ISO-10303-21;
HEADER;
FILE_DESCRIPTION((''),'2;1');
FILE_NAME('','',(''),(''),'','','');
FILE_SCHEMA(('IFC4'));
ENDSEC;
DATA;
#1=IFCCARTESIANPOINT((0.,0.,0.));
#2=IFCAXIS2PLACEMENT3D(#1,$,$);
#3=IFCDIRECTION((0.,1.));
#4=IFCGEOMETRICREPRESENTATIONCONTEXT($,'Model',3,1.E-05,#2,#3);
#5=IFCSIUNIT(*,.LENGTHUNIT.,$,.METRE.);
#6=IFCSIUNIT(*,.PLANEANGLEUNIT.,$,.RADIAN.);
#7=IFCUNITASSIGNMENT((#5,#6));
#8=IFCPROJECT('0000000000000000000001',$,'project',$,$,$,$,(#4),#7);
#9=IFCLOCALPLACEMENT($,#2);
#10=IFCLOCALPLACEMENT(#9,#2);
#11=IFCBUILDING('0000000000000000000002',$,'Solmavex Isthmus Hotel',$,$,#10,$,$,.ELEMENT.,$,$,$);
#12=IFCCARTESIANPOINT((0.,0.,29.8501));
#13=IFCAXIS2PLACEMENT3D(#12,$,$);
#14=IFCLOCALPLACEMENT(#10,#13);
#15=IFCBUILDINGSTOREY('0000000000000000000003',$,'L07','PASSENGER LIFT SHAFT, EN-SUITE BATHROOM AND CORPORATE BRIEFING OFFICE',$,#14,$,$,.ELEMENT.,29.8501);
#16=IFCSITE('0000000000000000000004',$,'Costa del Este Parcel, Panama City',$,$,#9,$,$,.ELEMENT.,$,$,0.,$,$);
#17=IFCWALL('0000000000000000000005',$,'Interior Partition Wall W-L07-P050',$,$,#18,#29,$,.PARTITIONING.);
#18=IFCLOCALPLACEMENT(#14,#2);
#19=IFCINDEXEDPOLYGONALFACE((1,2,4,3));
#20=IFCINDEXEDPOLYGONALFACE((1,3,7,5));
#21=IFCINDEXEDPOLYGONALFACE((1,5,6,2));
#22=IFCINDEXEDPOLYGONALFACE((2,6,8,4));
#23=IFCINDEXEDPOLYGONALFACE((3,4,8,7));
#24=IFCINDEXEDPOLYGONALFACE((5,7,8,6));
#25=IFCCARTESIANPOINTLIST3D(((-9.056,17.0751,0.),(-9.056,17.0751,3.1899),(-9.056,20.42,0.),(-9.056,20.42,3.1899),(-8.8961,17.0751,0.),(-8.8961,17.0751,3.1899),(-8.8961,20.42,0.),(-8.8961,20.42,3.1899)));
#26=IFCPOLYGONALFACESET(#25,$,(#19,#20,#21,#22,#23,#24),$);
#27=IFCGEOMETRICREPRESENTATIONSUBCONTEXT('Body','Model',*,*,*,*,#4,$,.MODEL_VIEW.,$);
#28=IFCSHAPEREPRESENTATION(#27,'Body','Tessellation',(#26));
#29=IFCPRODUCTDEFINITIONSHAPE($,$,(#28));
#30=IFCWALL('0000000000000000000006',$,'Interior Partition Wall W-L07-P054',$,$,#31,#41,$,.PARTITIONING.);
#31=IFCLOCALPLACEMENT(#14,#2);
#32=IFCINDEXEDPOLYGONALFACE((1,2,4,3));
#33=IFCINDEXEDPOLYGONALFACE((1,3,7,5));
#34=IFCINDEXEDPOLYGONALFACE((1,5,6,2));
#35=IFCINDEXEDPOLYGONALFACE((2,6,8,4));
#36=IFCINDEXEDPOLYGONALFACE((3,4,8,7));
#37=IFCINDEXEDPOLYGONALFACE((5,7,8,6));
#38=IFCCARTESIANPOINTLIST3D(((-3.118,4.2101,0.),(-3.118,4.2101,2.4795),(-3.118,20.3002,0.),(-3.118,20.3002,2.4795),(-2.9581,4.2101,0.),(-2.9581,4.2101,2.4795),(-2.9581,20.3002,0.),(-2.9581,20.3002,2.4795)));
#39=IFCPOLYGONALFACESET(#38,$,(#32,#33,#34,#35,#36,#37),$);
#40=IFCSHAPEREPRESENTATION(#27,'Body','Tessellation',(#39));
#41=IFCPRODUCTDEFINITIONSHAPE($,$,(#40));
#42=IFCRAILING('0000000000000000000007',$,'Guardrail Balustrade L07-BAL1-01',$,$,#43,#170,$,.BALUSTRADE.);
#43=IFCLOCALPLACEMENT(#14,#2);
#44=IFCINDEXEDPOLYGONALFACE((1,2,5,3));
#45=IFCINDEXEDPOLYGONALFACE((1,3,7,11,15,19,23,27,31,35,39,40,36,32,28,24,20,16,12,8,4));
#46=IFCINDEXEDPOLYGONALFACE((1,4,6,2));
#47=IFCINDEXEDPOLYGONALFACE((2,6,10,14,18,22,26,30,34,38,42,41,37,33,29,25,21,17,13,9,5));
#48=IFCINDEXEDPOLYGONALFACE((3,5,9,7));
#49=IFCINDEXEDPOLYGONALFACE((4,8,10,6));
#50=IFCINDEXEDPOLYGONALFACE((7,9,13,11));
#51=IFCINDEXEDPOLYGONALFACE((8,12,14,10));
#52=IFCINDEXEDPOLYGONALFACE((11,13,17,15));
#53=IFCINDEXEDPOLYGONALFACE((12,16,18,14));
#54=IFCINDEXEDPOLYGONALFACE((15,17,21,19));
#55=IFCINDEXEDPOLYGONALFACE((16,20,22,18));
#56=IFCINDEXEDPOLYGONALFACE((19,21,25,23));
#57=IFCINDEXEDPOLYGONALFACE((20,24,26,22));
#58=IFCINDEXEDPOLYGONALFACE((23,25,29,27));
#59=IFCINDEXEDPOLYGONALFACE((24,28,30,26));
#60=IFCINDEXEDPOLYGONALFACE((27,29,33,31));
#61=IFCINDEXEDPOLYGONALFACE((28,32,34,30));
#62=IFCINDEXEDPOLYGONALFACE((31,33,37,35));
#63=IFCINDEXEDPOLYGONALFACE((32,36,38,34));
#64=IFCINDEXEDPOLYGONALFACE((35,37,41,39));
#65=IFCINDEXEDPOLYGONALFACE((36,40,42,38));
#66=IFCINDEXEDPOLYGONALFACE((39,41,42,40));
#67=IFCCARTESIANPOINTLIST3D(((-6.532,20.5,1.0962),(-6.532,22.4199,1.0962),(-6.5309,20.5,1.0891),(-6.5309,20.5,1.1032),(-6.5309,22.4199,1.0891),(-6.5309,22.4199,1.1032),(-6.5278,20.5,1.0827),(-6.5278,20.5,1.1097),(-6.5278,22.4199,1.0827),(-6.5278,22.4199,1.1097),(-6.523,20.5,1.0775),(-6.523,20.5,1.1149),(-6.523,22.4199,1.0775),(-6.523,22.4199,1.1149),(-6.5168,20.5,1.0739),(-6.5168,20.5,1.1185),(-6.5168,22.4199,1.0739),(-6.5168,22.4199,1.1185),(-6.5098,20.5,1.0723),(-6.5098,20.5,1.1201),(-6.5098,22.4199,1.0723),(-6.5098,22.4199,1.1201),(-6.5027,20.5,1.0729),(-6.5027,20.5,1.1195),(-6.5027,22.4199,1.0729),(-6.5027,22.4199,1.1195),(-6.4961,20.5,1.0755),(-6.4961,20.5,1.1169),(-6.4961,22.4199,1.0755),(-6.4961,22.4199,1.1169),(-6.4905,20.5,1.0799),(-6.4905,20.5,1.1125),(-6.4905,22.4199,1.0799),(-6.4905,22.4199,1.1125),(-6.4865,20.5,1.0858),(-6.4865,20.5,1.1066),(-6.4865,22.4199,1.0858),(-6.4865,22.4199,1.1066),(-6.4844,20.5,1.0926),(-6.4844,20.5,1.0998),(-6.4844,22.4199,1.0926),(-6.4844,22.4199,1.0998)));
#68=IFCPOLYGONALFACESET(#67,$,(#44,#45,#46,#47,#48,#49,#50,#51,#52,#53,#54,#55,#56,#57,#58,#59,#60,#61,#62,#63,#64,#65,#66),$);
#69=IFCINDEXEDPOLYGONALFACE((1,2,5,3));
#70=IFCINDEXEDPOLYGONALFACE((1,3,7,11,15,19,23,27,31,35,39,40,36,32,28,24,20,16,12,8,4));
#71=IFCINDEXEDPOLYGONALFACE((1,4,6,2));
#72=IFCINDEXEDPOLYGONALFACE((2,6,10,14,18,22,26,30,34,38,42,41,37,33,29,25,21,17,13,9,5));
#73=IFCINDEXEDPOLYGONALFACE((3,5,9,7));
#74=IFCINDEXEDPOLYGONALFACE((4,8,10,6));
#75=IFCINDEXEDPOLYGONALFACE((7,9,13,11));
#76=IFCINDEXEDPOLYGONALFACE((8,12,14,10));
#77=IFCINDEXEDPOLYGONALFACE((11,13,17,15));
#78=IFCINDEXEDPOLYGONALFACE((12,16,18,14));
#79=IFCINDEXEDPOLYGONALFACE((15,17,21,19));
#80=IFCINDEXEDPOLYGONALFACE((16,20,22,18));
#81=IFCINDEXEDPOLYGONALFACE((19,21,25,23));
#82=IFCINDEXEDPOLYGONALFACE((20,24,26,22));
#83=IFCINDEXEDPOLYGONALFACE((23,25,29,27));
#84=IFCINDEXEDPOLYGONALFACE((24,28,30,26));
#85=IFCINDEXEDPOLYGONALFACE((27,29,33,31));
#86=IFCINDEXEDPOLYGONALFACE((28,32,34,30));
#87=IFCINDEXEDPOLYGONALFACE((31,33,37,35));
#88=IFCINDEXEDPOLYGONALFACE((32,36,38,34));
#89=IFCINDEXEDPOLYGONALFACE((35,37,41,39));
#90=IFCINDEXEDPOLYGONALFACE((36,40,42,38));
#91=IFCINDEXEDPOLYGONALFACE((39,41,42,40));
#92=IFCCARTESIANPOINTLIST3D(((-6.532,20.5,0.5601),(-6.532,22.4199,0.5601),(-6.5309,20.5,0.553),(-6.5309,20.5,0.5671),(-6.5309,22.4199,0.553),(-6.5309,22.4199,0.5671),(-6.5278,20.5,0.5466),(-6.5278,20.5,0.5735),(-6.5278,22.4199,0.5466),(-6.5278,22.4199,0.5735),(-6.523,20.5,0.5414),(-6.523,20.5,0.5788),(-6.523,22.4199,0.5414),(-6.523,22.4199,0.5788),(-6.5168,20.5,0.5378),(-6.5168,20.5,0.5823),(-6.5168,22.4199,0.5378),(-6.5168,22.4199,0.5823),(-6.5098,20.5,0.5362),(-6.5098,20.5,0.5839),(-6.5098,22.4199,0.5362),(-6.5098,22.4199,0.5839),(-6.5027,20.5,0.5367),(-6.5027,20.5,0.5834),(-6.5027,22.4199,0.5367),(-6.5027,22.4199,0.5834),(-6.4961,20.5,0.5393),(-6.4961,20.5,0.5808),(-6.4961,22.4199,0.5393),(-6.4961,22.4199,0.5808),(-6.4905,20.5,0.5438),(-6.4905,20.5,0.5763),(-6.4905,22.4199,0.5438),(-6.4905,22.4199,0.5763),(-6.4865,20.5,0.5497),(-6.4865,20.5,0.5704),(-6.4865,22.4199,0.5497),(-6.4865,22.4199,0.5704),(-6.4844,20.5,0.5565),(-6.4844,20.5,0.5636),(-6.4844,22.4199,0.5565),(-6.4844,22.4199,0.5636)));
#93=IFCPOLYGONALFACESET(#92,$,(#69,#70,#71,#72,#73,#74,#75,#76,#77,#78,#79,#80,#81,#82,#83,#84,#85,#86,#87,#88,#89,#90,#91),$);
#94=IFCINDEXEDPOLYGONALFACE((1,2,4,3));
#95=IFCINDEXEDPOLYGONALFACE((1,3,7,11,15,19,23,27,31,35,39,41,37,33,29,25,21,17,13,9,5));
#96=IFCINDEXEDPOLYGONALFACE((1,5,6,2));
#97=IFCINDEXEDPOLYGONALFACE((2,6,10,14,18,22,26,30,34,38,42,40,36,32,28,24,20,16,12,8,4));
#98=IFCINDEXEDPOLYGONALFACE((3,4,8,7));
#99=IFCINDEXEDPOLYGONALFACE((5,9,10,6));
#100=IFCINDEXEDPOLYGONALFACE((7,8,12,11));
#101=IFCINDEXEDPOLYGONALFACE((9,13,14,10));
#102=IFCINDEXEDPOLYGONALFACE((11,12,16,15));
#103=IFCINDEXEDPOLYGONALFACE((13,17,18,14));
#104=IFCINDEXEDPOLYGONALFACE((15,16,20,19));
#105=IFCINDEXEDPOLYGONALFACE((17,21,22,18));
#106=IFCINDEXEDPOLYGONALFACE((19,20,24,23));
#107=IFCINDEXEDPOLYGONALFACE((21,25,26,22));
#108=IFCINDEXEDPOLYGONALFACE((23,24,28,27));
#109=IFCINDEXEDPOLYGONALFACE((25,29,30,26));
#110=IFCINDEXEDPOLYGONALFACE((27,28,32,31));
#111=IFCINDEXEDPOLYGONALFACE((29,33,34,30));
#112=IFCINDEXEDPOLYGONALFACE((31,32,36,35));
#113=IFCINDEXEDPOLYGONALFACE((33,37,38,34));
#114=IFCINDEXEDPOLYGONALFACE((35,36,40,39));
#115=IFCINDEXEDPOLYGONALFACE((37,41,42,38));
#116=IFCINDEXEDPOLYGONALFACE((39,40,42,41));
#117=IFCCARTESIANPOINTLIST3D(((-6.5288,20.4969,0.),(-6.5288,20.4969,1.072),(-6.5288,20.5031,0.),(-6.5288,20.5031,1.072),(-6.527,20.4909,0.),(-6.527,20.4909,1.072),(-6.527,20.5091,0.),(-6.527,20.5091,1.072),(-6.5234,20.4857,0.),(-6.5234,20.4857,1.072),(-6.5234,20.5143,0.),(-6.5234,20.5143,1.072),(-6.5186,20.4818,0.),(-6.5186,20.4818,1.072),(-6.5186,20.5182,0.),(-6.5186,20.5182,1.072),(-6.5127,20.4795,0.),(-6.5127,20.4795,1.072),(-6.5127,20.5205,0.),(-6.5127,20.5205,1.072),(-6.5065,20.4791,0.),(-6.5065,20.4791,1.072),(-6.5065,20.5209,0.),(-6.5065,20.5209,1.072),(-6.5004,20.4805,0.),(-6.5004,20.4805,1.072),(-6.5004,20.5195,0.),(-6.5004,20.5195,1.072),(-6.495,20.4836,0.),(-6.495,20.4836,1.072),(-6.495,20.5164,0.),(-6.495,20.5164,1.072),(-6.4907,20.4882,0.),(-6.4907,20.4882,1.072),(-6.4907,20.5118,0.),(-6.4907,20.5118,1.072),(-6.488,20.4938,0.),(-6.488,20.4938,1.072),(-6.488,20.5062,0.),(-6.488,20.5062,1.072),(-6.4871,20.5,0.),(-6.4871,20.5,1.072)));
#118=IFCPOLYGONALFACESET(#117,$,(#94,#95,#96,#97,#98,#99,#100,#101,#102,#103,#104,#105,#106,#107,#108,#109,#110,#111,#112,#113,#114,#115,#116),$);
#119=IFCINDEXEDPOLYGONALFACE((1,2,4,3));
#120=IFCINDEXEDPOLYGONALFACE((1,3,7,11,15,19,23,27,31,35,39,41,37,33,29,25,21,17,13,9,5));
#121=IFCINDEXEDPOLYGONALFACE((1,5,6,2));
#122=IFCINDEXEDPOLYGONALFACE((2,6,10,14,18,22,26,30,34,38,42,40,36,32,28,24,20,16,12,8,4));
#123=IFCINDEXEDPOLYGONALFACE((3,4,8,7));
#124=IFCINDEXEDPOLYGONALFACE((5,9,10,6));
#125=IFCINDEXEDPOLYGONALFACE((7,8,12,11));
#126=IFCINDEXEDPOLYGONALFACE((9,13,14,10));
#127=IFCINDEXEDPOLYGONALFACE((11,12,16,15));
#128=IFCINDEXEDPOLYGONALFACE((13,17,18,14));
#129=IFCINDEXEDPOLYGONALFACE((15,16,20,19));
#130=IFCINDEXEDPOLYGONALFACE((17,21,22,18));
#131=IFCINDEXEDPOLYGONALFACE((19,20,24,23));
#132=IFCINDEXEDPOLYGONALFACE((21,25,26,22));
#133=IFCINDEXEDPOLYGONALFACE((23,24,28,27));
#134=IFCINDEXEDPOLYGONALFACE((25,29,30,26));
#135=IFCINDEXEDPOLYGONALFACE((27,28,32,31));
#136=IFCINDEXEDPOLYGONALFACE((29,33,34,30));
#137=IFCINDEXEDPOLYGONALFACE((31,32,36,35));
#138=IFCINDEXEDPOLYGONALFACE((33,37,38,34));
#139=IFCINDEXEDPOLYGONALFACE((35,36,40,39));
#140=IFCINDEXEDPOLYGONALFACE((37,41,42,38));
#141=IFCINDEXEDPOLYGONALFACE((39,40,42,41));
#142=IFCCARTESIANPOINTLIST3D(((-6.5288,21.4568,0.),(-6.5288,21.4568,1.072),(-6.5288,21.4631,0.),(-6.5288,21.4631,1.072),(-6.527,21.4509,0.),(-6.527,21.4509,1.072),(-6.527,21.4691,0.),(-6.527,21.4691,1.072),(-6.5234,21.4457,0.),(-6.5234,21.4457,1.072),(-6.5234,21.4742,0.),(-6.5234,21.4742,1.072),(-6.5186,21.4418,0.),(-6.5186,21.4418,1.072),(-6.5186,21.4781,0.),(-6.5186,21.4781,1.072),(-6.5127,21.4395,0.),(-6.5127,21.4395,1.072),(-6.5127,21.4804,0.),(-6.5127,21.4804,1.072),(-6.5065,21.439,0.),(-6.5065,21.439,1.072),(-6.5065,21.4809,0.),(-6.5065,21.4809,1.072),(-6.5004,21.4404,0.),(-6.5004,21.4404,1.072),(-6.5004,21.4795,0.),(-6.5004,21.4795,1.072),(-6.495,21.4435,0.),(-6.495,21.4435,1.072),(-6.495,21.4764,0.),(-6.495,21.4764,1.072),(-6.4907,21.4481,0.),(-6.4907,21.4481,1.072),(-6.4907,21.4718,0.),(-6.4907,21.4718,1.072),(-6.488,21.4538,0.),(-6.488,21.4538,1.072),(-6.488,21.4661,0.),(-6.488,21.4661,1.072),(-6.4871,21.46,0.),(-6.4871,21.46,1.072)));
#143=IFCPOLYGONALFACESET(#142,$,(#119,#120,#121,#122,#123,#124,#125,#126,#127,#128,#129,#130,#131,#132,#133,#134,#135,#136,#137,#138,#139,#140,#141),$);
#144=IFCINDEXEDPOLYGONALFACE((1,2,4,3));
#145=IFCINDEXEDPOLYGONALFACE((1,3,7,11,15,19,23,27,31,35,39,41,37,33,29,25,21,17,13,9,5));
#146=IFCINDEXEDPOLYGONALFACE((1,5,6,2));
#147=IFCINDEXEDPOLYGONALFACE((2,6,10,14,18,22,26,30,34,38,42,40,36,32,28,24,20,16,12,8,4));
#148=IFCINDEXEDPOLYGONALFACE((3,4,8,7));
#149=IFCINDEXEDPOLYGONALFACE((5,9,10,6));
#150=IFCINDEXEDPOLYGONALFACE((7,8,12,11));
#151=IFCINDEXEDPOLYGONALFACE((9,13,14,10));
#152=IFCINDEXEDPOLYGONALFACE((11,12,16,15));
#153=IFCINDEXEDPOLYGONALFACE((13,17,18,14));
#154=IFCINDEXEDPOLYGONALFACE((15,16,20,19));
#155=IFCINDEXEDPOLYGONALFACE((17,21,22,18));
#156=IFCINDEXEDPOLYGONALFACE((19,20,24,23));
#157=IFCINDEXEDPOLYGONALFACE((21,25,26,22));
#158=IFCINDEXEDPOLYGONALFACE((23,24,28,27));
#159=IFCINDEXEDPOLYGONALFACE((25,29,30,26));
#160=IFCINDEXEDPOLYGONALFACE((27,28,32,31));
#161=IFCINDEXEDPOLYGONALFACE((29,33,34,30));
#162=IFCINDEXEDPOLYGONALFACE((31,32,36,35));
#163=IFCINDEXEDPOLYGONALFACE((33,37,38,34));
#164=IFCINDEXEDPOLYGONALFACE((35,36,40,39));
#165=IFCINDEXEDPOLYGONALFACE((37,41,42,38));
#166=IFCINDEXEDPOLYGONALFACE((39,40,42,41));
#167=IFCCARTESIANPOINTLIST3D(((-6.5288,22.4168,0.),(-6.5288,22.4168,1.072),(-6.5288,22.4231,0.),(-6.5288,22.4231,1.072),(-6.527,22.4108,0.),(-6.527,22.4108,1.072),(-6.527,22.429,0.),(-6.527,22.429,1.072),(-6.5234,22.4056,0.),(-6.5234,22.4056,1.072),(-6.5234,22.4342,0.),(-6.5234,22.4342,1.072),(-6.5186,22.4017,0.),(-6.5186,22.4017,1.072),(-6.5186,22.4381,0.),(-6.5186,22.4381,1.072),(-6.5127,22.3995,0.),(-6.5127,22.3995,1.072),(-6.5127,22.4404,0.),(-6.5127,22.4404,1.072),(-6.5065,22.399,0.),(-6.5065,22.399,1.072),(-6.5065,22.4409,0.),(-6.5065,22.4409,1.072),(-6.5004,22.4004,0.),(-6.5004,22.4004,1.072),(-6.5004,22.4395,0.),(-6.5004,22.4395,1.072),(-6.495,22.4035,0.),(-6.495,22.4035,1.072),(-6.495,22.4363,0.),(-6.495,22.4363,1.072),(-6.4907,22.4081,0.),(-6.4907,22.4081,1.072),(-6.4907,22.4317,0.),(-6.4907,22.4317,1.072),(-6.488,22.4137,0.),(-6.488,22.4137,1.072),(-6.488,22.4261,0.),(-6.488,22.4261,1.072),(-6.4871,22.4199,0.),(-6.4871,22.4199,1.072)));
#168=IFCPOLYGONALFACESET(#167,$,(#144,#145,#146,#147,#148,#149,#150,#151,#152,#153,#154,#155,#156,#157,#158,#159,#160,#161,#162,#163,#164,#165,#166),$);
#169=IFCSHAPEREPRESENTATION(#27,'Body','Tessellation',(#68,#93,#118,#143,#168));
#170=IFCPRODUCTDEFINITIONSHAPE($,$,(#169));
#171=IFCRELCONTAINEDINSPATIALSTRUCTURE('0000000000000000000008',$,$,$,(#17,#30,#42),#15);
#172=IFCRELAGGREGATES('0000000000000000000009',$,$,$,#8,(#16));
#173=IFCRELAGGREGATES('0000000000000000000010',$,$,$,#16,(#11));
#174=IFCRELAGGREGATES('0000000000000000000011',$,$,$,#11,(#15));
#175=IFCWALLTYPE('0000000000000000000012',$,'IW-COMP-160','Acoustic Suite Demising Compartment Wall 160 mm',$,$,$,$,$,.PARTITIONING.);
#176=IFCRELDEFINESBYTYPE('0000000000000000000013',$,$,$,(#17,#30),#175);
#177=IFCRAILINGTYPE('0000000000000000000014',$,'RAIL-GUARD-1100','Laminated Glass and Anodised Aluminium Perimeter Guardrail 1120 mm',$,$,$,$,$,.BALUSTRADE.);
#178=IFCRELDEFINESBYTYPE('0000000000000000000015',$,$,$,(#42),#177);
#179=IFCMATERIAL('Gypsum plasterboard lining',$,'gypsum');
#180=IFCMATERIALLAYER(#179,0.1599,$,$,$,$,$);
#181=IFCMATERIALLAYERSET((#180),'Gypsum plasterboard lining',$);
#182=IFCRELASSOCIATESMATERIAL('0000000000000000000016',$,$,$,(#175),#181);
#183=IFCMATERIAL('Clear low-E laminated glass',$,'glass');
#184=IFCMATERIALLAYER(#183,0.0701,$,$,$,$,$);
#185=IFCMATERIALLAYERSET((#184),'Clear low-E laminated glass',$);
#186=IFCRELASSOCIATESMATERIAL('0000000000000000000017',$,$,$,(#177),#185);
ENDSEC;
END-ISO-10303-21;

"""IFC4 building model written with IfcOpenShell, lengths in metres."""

from ifc_helpers import new_model, si_unit, direction, frame, frame_2d, origin, origin_2d, place, context, subcontext, project, spatial, rectangle, circle, extrude, material, layer, layer_set, type_object, element, save


model = new_model("IFC4")

# Units and contexts
model_context = context("Model", 3, precision=1e-05, world=origin(), true_north=direction((0.0, 1.0)))
body_context = subcontext(model_context, "Body", "Model", "MODEL_VIEW")
ifc_project = project(units=[si_unit("LENGTHUNIT", "METRE"), si_unit("PLANEANGLEUNIT", "RADIAN")], contexts=[model_context])

# Site, building, storey
site_placement = place(None, origin())
site = spatial("IfcSite", under=ifc_project, at=site_placement, Name="Costa del Este Parcel, Panama City", CompositionType="ELEMENT", RefElevation=0.0)
building_placement = place(site_placement, origin())
building = spatial("IfcBuilding", under=site, at=building_placement, Name="Solmavex Isthmus Hotel", CompositionType="ELEMENT")
storey_placement = place(building_placement, frame((0.0, 0.0, 29.8501)))
storey = spatial("IfcBuildingStorey", under=building, at=storey_placement, Name="L07", Description="PASSENGER LIFT SHAFT, EN-SUITE BATHROOM AND CORPORATE BRIEFING OFFICE", CompositionType="ELEMENT", Elevation=29.8501)

# Shared definitions
ifc_material_1 = material(Name="Clear low-E laminated glass", Category="glass")

# Walls
ifc_material_2 = material(Name="Gypsum plasterboard lining", Category="gypsum")
ifc_layer_1 = layer(ifc_material_2, 0.1599)
ifc_layer_set_1 = layer_set([ifc_layer_1], Name="Gypsum plasterboard lining")
wall_type_1 = type_object("IfcWallType", Name="IW-COMP-160", Description="Acoustic Suite Demising Compartment Wall 160 mm", PredefinedType="PARTITIONING", material=ifc_layer_set_1)
for number, where, z_axis, x_axis, name in (
    (1, (-8.9761, 20.4199, 0.0), (0.0, 0.0, 1.0), (0.0, -1.0, 0.0), "Interior Partition Wall W-L07-P050"),
):
    element("IfcWall", number, at=place(storey_placement, frame(where, z_axis=z_axis, x_axis=x_axis)), inside=storey, type_object=wall_type_1, Name=name, PredefinedType="PARTITIONING", context=body_context, shape_type="SweptSolid", body=[
        extrude(rectangle(XDim=3.345, YDim=0.1599, at=frame_2d((1.6724, 0.0))), origin(), (0.0, 0.0, 1.0), 3.1899),
    ])
wall_1_placement = place(storey_placement, frame((-3.0381, 20.3, 0.0), z_axis=(0.0, 0.0, 1.0), x_axis=(0.0, -1.0, 0.0)))
element("IfcWall", 2, at=wall_1_placement, inside=storey, type_object=wall_type_1, Name="Interior Partition Wall W-L07-P054", PredefinedType="PARTITIONING", context=body_context, shape_type="SweptSolid", body=[
    extrude(rectangle(XDim=16.0901, YDim=0.1599, at=frame_2d((8.0449, 0.0))), origin(), (0.0, 0.0, 1.0), 2.4795),
])

# Railing
ifc_layer_2 = layer(ifc_material_1, 0.0701)
ifc_layer_set_2 = layer_set([ifc_layer_2], Name="Clear low-E laminated glass")
railing_type = type_object("IfcRailingType", Name="RAIL-GUARD-1100", Description="Laminated Glass and Anodised Aluminium Perimeter Guardrail 1120 mm", PredefinedType="BALUSTRADE", material=ifc_layer_set_2)
railing_1_placement = place(storey_placement, frame((-6.5081, 20.5, 0.0)))
element("IfcRailing", 3, at=railing_1_placement, inside=storey, type_object=railing_type, Name="Guardrail Balustrade L07-BAL1-01", PredefinedType="BALUSTRADE", context=body_context, shape_type="SweptSolid", body=[
    extrude(circle(Radius=0.0239, at=origin_2d()), frame((0.0, 0.0, 1.0962), z_axis=(0.0, 1.0, 0.0), x_axis=(-1.0, 0.0, 0.0)), (0.0, 0.0, 1.0), 1.9199),
    extrude(circle(Radius=0.0239, at=origin_2d()), frame((0.0, 0.0, 0.5601), z_axis=(0.0, 1.0, 0.0), x_axis=(-1.0, 0.0, 0.0)), (0.0, 0.0, 1.0), 1.9199),
    extrude(circle(Radius=0.021, at=origin_2d()), origin(), (0.0, 0.0, 1.0), 1.072),
    extrude(circle(Radius=0.021, at=origin_2d()), frame((0.0, 0.96, 0.0)), (0.0, 0.0, 1.0), 1.072),
    extrude(circle(Radius=0.021, at=origin_2d()), frame((0.0, 1.9199, 0.0)), (0.0, 0.0, 1.0), 1.072),
])

save(model, "model.ifc")
